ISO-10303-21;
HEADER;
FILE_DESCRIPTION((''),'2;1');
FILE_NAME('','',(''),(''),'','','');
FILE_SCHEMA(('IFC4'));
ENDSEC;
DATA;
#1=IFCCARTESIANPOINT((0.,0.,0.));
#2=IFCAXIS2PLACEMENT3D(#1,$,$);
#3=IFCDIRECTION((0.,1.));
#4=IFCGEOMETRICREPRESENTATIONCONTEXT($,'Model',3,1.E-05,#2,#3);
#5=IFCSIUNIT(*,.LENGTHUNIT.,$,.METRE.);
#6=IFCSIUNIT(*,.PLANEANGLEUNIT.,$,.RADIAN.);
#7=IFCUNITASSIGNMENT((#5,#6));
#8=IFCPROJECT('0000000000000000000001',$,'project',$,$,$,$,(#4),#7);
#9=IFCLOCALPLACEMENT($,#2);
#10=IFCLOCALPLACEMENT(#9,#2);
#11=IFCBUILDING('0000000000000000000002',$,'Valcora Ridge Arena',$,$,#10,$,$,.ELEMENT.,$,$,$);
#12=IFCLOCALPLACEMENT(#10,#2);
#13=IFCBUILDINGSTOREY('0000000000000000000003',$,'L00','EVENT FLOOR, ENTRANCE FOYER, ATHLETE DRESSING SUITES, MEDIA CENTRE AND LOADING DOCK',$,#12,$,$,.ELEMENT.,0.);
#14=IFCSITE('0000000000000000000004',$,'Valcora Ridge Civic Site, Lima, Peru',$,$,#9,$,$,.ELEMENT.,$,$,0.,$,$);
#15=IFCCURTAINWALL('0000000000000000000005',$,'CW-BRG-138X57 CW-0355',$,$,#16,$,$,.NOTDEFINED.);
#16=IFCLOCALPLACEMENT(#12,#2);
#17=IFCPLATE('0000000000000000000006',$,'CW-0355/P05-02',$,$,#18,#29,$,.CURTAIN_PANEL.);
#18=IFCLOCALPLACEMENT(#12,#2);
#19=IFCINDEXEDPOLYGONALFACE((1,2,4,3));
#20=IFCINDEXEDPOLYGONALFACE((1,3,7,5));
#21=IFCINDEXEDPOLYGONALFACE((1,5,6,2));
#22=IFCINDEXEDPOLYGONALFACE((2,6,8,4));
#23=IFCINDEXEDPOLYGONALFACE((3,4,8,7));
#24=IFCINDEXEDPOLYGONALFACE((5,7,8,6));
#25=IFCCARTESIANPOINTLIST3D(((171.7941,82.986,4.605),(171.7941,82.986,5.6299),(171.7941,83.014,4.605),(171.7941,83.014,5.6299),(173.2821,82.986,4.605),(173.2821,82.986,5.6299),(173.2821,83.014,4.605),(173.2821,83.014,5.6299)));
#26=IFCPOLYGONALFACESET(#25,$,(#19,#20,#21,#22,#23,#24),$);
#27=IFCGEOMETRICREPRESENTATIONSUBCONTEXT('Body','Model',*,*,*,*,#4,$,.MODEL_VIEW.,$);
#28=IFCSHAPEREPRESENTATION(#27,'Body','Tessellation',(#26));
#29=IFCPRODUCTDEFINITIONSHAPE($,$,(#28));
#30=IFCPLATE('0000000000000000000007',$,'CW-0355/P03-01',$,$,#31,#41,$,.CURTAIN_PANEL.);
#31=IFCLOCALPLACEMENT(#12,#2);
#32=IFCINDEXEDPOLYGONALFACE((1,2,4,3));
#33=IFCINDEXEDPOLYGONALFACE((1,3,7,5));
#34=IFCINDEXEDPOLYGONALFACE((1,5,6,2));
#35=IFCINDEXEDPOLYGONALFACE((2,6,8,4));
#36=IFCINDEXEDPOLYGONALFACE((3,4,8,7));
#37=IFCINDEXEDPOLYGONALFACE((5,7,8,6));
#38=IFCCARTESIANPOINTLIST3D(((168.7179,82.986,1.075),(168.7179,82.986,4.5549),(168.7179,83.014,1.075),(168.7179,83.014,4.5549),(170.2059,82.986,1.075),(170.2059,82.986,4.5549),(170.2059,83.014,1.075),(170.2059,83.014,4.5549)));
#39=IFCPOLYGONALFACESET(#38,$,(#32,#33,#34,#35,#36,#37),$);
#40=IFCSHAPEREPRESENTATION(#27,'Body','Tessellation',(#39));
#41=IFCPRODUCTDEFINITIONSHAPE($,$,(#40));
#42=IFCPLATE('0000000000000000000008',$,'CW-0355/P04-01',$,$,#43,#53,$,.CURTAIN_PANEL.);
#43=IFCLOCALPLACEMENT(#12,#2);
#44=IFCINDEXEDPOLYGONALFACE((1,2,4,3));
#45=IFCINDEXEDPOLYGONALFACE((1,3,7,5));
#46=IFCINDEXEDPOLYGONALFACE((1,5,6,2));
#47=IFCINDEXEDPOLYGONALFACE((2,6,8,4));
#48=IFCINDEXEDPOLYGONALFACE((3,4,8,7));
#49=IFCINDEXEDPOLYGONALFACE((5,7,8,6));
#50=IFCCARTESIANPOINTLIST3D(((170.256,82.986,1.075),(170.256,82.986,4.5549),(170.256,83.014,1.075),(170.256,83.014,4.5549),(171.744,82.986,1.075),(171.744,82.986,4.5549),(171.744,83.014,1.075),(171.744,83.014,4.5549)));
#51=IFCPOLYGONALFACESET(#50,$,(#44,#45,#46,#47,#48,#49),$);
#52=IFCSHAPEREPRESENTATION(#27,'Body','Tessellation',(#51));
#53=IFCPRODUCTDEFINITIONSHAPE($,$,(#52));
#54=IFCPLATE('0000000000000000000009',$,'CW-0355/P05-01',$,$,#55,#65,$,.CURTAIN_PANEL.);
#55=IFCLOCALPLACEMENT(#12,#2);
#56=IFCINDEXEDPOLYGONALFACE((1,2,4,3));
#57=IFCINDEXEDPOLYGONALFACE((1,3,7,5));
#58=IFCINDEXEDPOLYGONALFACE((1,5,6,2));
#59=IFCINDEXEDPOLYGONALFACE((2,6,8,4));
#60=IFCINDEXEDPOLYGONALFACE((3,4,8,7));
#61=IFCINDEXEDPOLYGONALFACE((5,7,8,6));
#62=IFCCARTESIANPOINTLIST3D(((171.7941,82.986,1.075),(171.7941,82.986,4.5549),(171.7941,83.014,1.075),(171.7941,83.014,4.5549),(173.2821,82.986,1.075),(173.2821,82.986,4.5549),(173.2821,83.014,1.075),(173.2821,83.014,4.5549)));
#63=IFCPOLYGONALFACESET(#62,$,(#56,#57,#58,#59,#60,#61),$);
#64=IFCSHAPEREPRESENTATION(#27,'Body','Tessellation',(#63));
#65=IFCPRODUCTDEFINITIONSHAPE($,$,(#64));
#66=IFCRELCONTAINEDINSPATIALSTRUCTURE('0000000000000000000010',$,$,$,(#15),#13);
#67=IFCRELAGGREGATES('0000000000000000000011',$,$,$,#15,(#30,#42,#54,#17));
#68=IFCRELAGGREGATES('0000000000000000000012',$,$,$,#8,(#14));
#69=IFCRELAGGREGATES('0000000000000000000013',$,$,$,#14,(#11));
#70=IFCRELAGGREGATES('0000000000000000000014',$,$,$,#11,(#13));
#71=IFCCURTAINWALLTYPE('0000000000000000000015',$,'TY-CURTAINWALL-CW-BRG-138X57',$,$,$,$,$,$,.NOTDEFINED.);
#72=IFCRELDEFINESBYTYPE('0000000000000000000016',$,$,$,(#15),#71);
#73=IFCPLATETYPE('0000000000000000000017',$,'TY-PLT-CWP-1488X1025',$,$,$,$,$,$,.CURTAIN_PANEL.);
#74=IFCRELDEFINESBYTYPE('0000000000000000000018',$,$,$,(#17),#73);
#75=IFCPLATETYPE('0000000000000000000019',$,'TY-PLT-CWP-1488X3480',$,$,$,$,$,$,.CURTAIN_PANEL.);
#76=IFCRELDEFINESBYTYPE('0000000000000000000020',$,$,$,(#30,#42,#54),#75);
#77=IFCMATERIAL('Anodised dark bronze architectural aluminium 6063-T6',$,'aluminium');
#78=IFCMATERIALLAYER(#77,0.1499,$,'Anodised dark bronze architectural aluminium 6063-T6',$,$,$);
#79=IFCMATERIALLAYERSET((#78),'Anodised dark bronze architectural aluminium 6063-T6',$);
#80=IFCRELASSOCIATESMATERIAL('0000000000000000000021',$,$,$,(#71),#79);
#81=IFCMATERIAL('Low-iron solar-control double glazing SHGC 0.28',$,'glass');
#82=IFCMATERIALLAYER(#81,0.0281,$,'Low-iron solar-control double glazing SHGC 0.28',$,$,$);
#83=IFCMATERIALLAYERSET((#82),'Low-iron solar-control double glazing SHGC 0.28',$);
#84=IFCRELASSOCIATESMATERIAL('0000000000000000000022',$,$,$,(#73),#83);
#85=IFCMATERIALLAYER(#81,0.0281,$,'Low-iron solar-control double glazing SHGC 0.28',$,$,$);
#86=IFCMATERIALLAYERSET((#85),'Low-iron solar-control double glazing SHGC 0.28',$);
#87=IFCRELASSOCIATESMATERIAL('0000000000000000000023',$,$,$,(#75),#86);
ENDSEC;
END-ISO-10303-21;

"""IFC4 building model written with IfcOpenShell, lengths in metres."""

from ifc_helpers import new_model, si_unit, direction, frame, origin, origin_2d, place, context, subcontext, project, spatial, rectangle, extrude, material, layer, layer_set, type_object, element, aggregate, save


model = new_model("IFC4")

# Units and contexts
model_context = context("Model", 3, precision=1e-05, world=origin(), true_north=direction((0.0, 1.0)))
body_context = subcontext(model_context, "Body", "Model", "MODEL_VIEW")
ifc_project = project(units=[si_unit("LENGTHUNIT", "METRE"), si_unit("PLANEANGLEUNIT", "RADIAN")], contexts=[model_context])

# Site, building, storey
site_placement = place(None, origin())
site = spatial("IfcSite", under=ifc_project, at=site_placement, Name="Valcora Ridge Civic Site, Lima, Peru", CompositionType="ELEMENT", RefElevation=0.0)
building_placement = place(site_placement, origin())
building = spatial("IfcBuilding", under=site, at=building_placement, Name="Valcora Ridge Arena", CompositionType="ELEMENT")
storey_placement = place(building_placement, origin())
storey = spatial("IfcBuildingStorey", under=building, at=storey_placement, Name="L00", Description="EVENT FLOOR, ENTRANCE FOYER, ATHLETE DRESSING SUITES, MEDIA CENTRE AND LOADING DOCK", CompositionType="ELEMENT", Elevation=0.0)

# Curtain wall, plates
ifc_material_1 = material(Name="Anodised dark bronze architectural aluminium 6063-T6", Category="aluminium")
ifc_layer_1 = layer(ifc_material_1, 0.1499, Name="Anodised dark bronze architectural aluminium 6063-T6")
ifc_layer_set_1 = layer_set([ifc_layer_1], Name="Anodised dark bronze architectural aluminium 6063-T6")
curtain_wall_type = type_object("IfcCurtainWallType", Name="TY-CURTAINWALL-CW-BRG-138X57", PredefinedType="NOTDEFINED", material=ifc_layer_set_1)
curtain_wall_placement = place(storey_placement, origin())
curtain_wall = element("IfcCurtainWall", 1, at=curtain_wall_placement, inside=storey, type_object=curtain_wall_type, Name="CW-BRG-138X57 CW-0355", PredefinedType="NOTDEFINED")
ifc_material_2 = material(Name="Low-iron solar-control double glazing SHGC 0.28", Category="glass")
ifc_layer_2 = layer(ifc_material_2, 0.0281, Name="Low-iron solar-control double glazing SHGC 0.28")
ifc_layer_set_2 = layer_set([ifc_layer_2], Name="Low-iron solar-control double glazing SHGC 0.28")
plate_type_1 = type_object("IfcPlateType", Name="TY-PLT-CWP-1488X1025", PredefinedType="CURTAIN_PANEL", material=ifc_layer_set_2)
plate_1_placement = place(storey_placement, frame((172.5381, 83.0, 4.605), z_axis=(0.0, 0.0, 1.0), x_axis=(1.0, 0.0, 0.0)))
plate_1 = element("IfcPlate", 2, at=plate_1_placement, type_object=plate_type_1, Name="CW-0355/P05-02", PredefinedType="CURTAIN_PANEL", context=body_context, shape_type="SweptSolid", body=[
    extrude(rectangle(XDim=1.488, YDim=0.0281, at=origin_2d()), origin(), (0.0, 0.0, 1.0), 1.0249),
])
ifc_layer_3 = layer(ifc_material_2, 0.0281, Name="Low-iron solar-control double glazing SHGC 0.28")
ifc_layer_set_3 = layer_set([ifc_layer_3], Name="Low-iron solar-control double glazing SHGC 0.28")
plate_type_2 = type_object("IfcPlateType", Name="TY-PLT-CWP-1488X3480", PredefinedType="CURTAIN_PANEL", material=ifc_layer_set_3)
plate_2_placement = place(storey_placement, frame((169.4619, 83.0, 1.075), z_axis=(0.0, 0.0, 1.0), x_axis=(1.0, 0.0, 0.0)))
plate_2 = element("IfcPlate", 3, at=plate_2_placement, type_object=plate_type_2, Name="CW-0355/P03-01", PredefinedType="CURTAIN_PANEL", context=body_context, shape_type="SweptSolid", body=[
    extrude(rectangle(XDim=1.488, YDim=0.0281, at=origin_2d()), origin(), (0.0, 0.0, 1.0), 3.48),
])
plate_3_placement = place(storey_placement, frame((171.0, 83.0, 1.075), z_axis=(0.0, 0.0, 1.0), x_axis=(1.0, 0.0, 0.0)))
plate_3 = element("IfcPlate", 4, at=plate_3_placement, type_object=plate_type_2, Name="CW-0355/P04-01", PredefinedType="CURTAIN_PANEL", context=body_context, shape_type="SweptSolid", body=[
    extrude(rectangle(XDim=1.488, YDim=0.0281, at=origin_2d()), origin(), (0.0, 0.0, 1.0), 3.48),
])
plate_4_placement = place(storey_placement, frame((172.5381, 83.0, 1.075), z_axis=(0.0, 0.0, 1.0), x_axis=(1.0, 0.0, 0.0)))
plate_4 = element("IfcPlate", 5, at=plate_4_placement, type_object=plate_type_2, Name="CW-0355/P05-01", PredefinedType="CURTAIN_PANEL", context=body_context, shape_type="SweptSolid", body=[
    extrude(rectangle(XDim=1.488, YDim=0.0281, at=origin_2d()), origin(), (0.0, 0.0, 1.0), 3.48),
])
aggregate(curtain_wall, [plate_2, plate_3, plate_4, plate_1])

save(model, "model.ifc")
